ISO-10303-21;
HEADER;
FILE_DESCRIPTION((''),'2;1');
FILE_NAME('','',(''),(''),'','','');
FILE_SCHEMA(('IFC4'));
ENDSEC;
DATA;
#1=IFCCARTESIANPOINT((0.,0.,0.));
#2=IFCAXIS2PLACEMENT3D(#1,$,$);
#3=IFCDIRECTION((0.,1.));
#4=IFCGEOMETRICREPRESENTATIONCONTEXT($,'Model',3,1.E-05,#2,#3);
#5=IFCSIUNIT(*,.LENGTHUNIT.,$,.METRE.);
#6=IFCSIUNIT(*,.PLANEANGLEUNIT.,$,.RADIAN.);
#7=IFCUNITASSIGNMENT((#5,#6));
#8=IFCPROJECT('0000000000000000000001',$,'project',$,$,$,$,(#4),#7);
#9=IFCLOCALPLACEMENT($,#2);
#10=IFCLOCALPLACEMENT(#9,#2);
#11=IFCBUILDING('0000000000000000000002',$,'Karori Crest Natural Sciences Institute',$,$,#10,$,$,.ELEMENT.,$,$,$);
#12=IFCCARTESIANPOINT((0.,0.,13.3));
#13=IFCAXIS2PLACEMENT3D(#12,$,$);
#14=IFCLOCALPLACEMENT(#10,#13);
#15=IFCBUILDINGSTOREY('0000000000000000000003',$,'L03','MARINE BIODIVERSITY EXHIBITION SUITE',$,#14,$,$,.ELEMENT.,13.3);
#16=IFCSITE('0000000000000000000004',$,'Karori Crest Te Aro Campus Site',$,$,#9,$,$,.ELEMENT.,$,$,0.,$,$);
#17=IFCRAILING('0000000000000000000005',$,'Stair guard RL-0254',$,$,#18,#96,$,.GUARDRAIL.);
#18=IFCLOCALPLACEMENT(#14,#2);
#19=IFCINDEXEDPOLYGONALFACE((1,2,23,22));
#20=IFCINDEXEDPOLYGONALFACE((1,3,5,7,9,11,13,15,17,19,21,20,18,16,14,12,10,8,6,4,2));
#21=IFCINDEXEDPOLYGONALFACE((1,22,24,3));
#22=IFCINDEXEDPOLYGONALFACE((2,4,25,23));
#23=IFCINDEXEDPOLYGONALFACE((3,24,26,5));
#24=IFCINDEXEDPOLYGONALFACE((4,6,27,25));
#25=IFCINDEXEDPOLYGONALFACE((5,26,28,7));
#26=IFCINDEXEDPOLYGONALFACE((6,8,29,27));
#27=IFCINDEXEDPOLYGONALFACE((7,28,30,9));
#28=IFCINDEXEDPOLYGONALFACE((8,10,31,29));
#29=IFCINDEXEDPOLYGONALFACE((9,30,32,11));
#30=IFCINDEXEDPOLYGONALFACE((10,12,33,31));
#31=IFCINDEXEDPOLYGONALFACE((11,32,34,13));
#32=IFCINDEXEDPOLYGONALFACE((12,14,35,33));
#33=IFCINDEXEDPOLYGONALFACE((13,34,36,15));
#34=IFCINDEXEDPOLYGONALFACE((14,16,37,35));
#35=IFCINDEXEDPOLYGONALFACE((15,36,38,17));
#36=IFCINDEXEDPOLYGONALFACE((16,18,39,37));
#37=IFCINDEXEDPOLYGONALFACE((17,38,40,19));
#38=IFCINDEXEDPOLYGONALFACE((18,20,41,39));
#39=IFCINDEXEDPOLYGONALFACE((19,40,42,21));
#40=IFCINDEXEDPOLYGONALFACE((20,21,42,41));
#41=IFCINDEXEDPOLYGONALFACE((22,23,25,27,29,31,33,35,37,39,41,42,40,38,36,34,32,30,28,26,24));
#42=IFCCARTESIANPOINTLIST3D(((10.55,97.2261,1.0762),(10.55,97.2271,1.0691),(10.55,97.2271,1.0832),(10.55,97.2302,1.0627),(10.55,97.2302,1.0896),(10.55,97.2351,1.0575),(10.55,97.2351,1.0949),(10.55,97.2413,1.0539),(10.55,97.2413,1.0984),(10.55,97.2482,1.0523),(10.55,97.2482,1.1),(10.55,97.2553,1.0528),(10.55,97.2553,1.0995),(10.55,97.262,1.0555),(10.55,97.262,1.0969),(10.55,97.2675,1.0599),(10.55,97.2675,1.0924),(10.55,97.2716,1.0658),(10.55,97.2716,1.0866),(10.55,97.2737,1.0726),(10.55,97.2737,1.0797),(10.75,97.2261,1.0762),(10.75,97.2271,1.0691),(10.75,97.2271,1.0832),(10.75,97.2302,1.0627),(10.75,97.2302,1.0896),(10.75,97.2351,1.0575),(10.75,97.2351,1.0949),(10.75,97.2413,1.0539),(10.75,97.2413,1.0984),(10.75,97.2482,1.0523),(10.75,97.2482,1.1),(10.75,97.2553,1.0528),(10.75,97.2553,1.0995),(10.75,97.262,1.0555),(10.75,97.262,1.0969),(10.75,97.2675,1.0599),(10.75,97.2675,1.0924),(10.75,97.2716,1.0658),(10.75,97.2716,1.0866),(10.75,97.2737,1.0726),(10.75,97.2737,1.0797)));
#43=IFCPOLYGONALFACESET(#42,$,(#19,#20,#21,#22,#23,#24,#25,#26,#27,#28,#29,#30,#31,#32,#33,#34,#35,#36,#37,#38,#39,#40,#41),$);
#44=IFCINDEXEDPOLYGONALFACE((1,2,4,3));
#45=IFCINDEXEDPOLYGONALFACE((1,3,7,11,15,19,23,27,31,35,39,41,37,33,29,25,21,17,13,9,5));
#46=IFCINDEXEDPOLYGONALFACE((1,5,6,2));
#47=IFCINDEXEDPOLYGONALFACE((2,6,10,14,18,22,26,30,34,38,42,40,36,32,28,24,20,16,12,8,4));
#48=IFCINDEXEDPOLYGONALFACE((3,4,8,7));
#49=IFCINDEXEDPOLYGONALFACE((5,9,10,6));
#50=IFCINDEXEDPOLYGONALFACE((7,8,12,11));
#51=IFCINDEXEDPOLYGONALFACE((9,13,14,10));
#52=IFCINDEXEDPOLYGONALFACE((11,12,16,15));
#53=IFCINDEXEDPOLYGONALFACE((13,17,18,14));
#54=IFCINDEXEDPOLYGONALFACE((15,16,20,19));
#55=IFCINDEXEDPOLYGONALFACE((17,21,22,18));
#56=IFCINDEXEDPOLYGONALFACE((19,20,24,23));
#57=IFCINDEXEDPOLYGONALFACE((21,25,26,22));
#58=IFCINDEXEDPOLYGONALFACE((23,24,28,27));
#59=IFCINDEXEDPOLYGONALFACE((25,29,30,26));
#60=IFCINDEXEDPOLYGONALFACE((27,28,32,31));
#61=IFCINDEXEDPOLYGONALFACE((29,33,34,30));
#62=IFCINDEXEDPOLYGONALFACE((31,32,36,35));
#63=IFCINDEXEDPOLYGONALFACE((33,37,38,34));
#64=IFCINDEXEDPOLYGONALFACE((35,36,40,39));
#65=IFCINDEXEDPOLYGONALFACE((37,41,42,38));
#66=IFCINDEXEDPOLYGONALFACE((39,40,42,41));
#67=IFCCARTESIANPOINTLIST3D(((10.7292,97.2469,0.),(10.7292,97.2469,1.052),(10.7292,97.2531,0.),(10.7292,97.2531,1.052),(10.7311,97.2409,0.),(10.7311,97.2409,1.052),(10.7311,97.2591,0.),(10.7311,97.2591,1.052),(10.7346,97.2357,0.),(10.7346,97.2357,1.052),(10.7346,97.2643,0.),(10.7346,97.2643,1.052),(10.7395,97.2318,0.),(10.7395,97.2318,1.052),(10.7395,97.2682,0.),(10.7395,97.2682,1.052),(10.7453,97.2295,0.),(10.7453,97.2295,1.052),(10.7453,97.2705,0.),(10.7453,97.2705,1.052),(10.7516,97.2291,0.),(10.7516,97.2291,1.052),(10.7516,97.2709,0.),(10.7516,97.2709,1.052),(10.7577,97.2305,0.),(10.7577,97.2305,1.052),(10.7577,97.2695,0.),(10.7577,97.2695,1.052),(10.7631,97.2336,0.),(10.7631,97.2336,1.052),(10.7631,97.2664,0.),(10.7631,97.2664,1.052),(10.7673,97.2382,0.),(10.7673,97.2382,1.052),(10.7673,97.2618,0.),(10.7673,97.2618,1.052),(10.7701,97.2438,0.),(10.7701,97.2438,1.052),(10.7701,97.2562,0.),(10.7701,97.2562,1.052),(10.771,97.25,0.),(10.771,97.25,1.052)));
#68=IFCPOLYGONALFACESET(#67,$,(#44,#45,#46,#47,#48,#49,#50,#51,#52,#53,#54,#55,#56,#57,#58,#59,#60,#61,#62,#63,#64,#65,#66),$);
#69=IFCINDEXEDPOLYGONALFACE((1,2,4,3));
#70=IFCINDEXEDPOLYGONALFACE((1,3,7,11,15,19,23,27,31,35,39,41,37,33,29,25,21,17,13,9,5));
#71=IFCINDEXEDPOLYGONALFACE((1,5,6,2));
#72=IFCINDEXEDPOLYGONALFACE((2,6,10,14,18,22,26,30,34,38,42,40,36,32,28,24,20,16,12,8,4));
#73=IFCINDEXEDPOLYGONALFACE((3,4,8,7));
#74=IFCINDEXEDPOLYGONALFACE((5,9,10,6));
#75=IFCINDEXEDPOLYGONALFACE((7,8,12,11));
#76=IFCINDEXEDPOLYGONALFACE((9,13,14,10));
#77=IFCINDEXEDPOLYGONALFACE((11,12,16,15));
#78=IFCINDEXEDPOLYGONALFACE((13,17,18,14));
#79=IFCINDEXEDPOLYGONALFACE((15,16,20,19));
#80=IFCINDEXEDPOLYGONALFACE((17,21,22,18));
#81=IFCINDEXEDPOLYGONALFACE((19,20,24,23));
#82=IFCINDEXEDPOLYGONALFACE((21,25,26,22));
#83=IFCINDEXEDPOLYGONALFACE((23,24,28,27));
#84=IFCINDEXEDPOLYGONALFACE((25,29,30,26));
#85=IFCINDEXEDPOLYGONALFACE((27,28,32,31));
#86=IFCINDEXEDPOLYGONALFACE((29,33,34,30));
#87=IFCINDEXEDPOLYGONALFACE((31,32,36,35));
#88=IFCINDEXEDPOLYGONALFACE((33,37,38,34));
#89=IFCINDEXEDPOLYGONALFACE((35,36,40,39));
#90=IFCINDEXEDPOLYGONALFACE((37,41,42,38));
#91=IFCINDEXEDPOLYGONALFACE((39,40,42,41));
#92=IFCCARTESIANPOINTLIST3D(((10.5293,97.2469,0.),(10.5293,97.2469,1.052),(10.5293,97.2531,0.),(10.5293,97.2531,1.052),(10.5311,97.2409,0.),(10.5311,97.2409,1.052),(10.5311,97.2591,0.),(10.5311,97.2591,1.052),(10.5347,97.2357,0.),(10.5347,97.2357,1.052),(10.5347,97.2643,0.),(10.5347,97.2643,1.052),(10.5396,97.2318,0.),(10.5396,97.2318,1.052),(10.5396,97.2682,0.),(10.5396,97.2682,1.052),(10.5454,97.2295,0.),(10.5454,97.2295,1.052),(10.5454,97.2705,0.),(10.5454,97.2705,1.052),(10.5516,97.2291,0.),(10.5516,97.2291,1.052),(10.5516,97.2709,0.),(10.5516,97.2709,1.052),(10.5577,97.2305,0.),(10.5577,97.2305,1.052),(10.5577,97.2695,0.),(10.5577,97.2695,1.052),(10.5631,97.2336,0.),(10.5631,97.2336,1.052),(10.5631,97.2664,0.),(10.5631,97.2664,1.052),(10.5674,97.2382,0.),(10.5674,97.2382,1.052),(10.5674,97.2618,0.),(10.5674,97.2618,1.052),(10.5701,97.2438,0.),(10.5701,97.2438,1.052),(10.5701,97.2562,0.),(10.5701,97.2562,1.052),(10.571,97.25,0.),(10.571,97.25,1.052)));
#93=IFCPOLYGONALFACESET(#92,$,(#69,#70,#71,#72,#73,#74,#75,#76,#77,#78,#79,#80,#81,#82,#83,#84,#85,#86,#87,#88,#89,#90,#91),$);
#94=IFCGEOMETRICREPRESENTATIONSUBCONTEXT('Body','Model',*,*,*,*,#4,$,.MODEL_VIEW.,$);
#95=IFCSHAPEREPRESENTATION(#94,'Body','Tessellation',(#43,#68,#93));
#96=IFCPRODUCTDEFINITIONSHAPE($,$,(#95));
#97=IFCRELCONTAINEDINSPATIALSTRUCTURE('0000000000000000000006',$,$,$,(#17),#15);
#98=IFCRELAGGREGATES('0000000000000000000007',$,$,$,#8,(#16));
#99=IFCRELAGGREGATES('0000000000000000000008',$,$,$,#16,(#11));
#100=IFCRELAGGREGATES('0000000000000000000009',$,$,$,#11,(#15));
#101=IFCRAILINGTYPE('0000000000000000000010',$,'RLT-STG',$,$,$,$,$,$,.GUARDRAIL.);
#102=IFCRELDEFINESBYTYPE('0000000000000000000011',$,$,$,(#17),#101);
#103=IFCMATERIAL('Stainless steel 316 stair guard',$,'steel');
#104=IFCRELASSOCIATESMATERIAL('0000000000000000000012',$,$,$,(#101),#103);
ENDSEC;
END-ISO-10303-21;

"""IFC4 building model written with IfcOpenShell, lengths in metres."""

from ifc_helpers import new_model, si_unit, direction, frame, origin, origin_2d, place, context, subcontext, project, spatial, circle, extrude, material, type_object, element, save


model = new_model("IFC4")

# Units and contexts
model_context = context("Model", 3, precision=1e-05, world=origin(), true_north=direction((0.0, 1.0)))
body_context = subcontext(model_context, "Body", "Model", "MODEL_VIEW")
ifc_project = project(units=[si_unit("LENGTHUNIT", "METRE"), si_unit("PLANEANGLEUNIT", "RADIAN")], contexts=[model_context])

# Site, building, storey
site_placement = place(None, origin())
site = spatial("IfcSite", under=ifc_project, at=site_placement, Name="Karori Crest Te Aro Campus Site", CompositionType="ELEMENT", RefElevation=0.0)
building_placement = place(site_placement, origin())
building = spatial("IfcBuilding", under=site, at=building_placement, Name="Karori Crest Natural Sciences Institute", CompositionType="ELEMENT")
storey_placement = place(building_placement, frame((0.0, 0.0, 13.3)))
storey = spatial("IfcBuildingStorey", under=building, at=storey_placement, Name="L03", Description="MARINE BIODIVERSITY EXHIBITION SUITE", CompositionType="ELEMENT", Elevation=13.3)

# Railing
ifc_material_1 = material(Name="Stainless steel 316 stair guard", Category="steel")
railing_type_1 = type_object("IfcRailingType", Name="RLT-STG", PredefinedType="GUARDRAIL", material=ifc_material_1)
railing_1_placement = place(storey_placement, frame((10.75, 97.25, 0.0)))
element("IfcRailing", 1, at=railing_1_placement, inside=storey, type_object=railing_type_1, Name="Stair guard RL-0254", PredefinedType="GUARDRAIL", context=body_context, shape_type="SweptSolid", body=[
    extrude(circle(Radius=0.0239, at=origin_2d()), frame((0.0, 0.0, 1.0762), z_axis=(-1.0, 0.0, 0.0), x_axis=(0.0, -1.0, 0.0)), (0.0, 0.0, 1.0), 0.2),
    extrude(circle(Radius=0.021, at=origin_2d()), origin(), (0.0, 0.0, 1.0), 1.052),
    extrude(circle(Radius=0.021, at=origin_2d()), frame((-0.2, 0.0, 0.0)), (0.0, 0.0, 1.0), 1.052),
])

save(model, "model.ifc")
